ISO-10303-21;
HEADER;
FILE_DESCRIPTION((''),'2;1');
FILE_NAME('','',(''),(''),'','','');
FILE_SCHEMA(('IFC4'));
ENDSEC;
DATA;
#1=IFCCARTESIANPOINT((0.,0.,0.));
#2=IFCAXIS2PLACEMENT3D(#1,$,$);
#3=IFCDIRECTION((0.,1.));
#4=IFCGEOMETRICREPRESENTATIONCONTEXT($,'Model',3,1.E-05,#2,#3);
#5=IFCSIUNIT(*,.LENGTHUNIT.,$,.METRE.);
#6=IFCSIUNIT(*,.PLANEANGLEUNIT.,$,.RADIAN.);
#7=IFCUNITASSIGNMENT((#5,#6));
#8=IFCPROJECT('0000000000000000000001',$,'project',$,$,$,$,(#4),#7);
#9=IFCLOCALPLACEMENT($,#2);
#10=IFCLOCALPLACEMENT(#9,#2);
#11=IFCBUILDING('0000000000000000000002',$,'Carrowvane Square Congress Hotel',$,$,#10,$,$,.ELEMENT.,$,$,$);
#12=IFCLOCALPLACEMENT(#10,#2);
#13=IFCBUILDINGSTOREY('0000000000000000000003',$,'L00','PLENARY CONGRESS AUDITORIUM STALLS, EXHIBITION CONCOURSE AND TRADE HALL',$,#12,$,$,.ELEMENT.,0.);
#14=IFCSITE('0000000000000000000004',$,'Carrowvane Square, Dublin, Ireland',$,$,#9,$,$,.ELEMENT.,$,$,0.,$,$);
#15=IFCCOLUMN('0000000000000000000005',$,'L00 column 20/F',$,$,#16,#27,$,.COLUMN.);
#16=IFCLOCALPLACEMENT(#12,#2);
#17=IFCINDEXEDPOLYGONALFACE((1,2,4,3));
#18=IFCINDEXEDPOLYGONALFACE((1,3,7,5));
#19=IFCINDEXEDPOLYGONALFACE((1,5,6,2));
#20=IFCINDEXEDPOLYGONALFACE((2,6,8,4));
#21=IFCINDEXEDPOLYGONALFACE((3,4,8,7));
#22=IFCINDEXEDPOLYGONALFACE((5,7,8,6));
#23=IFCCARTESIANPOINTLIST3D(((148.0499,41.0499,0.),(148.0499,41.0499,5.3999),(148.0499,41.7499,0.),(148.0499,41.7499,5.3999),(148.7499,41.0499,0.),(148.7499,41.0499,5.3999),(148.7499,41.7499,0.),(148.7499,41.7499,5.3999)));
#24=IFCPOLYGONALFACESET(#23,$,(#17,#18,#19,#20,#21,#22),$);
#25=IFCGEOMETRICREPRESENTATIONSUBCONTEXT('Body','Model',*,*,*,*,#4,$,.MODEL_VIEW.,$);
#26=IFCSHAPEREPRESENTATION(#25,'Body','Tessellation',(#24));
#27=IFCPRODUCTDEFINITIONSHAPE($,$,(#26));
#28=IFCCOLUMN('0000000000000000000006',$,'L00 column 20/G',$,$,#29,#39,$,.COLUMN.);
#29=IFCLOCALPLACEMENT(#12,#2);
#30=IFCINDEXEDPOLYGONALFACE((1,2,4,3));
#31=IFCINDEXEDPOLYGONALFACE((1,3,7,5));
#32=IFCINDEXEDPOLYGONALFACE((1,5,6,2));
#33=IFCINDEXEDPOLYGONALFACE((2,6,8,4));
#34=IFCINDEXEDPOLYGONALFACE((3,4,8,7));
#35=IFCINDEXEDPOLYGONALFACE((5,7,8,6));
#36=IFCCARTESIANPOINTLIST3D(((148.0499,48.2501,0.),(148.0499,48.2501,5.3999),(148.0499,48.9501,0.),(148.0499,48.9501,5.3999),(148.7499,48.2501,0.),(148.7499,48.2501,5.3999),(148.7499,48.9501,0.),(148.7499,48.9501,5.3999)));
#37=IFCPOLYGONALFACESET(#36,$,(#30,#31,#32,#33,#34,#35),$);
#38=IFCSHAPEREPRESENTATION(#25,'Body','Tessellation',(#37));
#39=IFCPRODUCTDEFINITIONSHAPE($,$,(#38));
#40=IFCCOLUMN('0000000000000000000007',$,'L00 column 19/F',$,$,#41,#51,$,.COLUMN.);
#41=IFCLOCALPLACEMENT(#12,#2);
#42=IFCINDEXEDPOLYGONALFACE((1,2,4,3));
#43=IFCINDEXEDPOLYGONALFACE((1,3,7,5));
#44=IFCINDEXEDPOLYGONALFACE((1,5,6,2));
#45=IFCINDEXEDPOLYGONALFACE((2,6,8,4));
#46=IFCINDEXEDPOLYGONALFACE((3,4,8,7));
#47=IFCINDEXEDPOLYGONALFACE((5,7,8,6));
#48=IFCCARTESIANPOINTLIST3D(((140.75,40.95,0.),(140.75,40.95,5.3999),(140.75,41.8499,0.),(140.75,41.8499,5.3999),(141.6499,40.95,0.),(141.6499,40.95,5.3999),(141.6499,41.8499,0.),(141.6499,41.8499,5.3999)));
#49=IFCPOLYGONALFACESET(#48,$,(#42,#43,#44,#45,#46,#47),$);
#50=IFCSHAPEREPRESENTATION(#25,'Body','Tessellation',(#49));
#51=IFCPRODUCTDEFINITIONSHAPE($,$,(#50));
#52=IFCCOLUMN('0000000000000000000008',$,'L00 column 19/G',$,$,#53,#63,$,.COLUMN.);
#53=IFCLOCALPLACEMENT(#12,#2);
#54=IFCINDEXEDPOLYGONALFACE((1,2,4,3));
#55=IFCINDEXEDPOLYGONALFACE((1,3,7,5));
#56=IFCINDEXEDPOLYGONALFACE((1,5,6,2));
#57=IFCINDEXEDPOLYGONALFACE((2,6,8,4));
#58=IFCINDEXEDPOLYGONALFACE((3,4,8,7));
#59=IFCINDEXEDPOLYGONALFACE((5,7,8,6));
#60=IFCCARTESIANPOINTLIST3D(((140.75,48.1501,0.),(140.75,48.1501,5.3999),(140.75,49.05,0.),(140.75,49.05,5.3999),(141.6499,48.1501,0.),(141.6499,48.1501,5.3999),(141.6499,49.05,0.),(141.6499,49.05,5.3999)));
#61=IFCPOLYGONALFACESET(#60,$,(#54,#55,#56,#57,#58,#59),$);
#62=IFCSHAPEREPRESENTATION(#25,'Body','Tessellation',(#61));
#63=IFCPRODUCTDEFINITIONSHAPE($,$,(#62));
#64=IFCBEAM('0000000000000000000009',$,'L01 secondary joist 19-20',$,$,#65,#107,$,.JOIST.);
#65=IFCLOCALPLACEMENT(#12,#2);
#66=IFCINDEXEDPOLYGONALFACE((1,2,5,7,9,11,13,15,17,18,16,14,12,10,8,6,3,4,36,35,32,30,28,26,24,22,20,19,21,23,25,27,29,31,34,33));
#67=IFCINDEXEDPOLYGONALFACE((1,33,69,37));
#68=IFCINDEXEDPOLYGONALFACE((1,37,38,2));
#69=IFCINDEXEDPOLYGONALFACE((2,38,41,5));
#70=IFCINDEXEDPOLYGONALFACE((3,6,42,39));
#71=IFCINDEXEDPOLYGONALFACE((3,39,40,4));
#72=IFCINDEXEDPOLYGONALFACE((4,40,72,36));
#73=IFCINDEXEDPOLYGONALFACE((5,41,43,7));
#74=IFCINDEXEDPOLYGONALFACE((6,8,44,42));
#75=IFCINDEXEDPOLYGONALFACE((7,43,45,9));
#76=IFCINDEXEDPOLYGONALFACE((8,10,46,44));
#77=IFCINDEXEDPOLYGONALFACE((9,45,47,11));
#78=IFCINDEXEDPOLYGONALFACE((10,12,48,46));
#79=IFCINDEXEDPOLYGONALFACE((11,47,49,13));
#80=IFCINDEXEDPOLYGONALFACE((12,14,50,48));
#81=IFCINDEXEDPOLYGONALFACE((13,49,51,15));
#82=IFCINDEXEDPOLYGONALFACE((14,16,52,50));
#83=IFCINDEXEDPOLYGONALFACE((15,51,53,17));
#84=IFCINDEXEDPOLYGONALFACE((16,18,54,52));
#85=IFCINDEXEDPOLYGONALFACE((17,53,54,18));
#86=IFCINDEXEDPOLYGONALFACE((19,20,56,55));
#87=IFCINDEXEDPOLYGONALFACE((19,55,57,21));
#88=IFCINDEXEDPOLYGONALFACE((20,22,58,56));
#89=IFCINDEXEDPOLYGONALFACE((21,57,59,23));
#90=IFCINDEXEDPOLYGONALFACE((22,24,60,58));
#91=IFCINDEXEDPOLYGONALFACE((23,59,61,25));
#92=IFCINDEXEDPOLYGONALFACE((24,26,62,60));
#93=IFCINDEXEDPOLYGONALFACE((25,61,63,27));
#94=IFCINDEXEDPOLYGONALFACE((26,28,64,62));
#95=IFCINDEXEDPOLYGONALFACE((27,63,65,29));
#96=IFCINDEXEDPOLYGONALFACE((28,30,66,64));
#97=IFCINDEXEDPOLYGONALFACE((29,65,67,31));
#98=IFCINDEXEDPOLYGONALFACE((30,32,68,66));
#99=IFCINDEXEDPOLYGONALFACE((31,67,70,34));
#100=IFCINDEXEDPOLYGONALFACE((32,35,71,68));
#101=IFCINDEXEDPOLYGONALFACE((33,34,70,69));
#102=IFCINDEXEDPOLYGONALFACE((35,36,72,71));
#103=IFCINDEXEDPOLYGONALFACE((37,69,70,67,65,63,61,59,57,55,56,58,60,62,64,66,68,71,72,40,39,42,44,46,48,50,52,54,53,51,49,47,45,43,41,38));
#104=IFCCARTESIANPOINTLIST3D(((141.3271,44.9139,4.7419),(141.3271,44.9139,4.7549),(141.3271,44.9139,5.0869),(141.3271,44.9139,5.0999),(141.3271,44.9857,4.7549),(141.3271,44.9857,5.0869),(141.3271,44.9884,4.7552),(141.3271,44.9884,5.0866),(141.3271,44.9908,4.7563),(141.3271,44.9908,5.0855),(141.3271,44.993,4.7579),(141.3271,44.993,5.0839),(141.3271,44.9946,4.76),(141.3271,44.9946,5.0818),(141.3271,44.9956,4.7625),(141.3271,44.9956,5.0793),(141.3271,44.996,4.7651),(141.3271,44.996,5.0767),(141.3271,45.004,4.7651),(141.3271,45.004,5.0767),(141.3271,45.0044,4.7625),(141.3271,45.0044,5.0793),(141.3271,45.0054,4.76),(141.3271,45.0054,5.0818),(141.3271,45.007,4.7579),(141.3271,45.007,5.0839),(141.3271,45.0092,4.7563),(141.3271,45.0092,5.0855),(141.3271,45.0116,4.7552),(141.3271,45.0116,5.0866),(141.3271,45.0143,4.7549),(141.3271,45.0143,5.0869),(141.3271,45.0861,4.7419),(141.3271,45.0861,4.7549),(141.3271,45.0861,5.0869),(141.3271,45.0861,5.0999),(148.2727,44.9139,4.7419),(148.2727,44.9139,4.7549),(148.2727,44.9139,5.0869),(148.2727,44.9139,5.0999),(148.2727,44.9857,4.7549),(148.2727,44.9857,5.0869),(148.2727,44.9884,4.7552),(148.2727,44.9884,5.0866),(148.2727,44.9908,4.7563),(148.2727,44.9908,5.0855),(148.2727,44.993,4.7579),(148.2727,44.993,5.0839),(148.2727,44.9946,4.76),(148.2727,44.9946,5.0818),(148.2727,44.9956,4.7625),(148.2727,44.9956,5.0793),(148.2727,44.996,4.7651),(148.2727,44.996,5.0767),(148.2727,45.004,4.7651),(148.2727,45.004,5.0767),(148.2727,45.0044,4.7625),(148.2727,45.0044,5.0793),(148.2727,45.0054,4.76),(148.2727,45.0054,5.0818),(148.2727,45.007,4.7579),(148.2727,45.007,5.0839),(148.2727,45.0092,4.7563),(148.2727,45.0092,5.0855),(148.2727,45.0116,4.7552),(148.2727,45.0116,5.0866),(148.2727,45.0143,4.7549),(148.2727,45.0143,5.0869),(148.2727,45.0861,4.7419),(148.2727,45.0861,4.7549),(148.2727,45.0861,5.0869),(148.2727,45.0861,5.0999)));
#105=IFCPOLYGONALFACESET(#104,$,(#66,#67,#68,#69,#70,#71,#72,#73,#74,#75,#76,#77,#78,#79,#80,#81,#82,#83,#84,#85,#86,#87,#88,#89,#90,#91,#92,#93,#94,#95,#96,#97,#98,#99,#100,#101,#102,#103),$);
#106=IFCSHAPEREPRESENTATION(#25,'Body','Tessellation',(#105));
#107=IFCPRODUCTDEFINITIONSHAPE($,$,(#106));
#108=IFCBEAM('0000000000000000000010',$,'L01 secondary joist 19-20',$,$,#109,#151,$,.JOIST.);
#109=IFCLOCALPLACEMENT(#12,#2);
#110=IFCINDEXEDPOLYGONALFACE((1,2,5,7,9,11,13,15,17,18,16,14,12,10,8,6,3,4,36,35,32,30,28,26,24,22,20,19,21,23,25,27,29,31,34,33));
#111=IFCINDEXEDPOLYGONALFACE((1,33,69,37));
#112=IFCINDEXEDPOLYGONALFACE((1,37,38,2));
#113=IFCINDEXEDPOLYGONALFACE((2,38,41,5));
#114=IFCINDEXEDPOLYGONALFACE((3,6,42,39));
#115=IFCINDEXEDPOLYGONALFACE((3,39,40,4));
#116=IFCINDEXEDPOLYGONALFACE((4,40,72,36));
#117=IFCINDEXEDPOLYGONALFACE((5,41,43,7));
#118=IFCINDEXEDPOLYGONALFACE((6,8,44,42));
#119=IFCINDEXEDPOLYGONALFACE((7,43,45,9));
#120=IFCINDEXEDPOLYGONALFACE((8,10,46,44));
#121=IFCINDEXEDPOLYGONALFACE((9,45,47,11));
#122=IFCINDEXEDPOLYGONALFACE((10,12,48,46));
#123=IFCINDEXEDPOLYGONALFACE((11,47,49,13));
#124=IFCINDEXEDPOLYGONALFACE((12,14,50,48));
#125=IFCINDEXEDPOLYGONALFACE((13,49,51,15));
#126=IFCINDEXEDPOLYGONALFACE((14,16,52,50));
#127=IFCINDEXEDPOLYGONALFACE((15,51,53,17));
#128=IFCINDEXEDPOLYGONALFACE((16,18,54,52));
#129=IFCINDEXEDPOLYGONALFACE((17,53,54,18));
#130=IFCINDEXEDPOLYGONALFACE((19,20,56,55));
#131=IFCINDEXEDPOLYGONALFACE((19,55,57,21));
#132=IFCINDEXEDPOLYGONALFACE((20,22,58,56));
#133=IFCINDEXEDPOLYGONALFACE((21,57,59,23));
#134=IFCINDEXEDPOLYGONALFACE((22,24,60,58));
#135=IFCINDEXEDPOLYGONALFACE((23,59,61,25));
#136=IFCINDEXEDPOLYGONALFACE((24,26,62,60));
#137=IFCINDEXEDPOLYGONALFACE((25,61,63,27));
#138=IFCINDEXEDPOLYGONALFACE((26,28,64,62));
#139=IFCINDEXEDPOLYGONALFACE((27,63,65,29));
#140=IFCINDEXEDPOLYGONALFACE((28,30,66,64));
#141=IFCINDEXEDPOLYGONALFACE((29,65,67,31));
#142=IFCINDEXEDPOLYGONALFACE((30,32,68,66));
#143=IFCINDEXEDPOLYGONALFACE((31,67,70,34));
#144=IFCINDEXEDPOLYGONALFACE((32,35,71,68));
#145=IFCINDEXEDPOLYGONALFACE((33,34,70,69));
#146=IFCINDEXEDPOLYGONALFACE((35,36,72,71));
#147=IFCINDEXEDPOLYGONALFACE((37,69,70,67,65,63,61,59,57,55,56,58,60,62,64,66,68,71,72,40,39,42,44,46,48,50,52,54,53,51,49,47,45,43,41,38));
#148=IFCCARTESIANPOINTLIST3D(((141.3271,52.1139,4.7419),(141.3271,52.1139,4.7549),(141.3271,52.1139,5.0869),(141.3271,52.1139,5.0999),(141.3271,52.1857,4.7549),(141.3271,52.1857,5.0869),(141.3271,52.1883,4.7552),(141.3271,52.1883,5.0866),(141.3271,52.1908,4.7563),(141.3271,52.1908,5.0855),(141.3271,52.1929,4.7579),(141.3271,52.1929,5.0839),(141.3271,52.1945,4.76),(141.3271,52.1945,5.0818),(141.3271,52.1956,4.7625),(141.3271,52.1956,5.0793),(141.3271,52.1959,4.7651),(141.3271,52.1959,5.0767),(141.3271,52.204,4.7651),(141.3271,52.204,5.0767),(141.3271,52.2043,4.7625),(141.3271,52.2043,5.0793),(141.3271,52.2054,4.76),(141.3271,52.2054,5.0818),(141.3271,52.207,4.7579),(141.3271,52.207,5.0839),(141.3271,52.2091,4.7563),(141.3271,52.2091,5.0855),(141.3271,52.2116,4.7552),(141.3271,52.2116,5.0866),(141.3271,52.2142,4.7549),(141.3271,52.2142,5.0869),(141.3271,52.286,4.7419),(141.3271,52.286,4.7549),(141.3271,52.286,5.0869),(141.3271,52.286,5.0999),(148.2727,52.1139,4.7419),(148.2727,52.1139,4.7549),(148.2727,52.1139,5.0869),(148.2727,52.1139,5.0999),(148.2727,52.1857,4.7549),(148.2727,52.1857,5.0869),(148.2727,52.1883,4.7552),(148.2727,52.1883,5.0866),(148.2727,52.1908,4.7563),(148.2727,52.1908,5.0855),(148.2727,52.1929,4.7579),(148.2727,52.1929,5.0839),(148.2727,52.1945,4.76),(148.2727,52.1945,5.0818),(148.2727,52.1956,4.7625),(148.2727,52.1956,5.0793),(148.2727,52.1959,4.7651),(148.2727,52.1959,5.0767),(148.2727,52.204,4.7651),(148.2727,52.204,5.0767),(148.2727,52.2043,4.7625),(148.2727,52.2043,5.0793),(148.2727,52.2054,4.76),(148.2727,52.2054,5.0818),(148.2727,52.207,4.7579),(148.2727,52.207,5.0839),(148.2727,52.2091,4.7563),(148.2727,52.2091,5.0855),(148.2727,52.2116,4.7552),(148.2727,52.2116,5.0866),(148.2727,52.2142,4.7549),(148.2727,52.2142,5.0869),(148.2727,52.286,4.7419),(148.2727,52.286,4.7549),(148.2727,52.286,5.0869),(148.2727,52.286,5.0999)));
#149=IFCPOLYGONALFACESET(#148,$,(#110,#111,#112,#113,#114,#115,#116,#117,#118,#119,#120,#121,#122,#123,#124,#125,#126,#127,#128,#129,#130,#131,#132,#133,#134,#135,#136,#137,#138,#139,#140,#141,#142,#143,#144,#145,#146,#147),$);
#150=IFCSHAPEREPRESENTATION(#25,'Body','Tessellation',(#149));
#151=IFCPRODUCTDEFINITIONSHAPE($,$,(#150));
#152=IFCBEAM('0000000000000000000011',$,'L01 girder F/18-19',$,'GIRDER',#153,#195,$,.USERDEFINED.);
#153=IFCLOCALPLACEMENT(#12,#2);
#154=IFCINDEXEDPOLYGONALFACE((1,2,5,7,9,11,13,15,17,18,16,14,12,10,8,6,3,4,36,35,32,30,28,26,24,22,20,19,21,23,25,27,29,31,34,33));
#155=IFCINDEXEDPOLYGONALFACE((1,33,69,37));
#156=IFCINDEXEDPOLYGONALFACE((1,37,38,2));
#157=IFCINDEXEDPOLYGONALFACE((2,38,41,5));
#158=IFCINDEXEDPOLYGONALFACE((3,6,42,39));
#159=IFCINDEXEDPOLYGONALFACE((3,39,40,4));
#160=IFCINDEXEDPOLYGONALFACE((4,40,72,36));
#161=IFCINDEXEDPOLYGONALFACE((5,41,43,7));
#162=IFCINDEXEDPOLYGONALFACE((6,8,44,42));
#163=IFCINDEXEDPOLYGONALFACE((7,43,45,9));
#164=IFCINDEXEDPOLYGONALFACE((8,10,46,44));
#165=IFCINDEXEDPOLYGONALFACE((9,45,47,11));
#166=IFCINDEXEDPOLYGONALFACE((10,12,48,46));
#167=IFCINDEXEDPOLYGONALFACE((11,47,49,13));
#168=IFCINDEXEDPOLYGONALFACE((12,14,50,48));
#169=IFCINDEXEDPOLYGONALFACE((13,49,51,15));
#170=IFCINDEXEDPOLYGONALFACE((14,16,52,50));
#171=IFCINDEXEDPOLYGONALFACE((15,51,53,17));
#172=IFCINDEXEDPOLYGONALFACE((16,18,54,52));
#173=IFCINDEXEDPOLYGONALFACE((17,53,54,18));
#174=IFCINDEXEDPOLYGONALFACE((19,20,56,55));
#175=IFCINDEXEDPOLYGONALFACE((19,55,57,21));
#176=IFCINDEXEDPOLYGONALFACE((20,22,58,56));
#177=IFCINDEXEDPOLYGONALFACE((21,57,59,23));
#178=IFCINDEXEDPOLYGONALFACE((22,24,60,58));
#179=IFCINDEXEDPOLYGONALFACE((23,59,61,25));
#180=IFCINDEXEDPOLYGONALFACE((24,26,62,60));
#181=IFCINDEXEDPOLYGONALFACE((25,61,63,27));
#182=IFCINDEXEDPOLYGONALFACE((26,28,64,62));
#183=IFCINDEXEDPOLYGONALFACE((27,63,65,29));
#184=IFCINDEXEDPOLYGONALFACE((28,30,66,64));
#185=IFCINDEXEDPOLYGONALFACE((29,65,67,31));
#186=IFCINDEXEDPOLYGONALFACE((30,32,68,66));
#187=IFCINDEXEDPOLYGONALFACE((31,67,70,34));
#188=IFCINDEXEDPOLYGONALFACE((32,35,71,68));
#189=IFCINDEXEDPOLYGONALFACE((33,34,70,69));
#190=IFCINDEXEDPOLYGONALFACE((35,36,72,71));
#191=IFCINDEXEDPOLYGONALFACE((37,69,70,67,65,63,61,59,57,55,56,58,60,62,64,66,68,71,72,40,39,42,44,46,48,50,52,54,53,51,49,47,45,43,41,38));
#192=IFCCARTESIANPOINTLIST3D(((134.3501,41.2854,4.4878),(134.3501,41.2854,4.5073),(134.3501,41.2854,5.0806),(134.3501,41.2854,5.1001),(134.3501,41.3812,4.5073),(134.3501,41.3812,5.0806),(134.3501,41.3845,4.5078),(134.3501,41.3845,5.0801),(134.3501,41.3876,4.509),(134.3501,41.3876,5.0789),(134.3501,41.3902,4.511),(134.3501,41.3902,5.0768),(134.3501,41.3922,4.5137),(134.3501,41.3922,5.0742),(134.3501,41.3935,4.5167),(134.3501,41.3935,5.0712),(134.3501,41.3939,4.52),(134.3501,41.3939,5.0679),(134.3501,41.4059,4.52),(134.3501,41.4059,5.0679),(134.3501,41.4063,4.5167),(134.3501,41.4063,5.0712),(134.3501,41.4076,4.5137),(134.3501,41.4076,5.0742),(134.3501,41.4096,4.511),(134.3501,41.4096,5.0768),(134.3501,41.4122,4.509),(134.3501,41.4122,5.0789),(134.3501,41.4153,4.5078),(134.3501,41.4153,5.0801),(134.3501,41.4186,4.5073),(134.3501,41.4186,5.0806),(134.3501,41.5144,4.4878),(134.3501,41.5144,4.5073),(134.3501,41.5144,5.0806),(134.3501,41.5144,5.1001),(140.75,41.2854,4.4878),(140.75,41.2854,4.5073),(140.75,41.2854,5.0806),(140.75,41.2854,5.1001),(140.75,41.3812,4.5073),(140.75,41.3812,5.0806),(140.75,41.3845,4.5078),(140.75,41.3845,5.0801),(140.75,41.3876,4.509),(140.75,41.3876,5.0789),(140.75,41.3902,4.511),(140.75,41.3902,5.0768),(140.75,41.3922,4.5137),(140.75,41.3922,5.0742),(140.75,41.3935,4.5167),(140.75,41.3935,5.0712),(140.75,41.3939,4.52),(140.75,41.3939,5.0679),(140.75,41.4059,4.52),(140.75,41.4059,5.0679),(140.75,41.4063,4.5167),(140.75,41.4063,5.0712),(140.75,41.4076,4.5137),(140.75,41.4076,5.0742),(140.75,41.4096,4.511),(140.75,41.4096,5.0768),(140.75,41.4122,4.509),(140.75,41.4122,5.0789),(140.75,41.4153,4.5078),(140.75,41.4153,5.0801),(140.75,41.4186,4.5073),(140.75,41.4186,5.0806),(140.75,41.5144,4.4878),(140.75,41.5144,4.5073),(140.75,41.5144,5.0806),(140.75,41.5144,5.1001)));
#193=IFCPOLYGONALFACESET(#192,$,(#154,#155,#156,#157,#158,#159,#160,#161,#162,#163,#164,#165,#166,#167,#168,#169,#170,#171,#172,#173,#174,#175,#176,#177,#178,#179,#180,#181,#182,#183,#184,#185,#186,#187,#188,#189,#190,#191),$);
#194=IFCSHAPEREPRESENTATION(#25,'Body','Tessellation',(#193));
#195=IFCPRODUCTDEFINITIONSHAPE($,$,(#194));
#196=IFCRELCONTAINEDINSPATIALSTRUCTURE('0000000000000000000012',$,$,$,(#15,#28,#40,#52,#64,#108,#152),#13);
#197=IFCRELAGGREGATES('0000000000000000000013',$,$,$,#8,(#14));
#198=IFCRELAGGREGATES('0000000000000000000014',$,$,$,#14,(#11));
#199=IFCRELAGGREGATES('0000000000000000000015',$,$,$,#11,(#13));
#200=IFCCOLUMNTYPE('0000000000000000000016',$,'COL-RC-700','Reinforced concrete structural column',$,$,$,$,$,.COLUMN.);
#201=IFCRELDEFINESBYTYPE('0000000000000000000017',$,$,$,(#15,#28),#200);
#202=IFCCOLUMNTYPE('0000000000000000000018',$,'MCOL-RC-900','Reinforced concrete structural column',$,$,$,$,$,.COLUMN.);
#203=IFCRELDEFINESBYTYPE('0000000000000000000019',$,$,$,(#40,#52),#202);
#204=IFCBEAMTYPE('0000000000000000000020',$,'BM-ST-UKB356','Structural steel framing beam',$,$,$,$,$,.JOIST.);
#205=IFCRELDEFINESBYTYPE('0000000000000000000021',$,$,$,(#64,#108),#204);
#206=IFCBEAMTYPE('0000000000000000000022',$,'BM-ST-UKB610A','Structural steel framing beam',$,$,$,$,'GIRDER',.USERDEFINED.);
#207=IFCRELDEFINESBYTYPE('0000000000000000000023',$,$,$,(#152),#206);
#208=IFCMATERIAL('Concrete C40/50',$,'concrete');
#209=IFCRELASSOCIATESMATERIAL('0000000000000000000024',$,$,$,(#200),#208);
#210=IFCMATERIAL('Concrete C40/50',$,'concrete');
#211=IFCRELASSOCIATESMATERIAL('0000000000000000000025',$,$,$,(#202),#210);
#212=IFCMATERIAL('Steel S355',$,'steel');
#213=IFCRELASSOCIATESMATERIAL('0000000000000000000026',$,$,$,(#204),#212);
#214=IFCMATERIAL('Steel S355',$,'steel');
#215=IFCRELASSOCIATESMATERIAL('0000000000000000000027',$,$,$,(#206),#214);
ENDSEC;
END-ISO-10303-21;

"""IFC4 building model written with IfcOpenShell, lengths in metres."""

from ifc_helpers import new_model, si_unit, direction, frame, origin, origin_2d, place, context, subcontext, project, spatial, rectangle, i_section, extrude, material, material_profile, profile_set, type_object, element, save


model = new_model("IFC4")

# Units and contexts
model_context = context("Model", 3, precision=1e-05, world=origin(), true_north=direction((0.0, 1.0)))
body_context = subcontext(model_context, "Body", "Model", "MODEL_VIEW")
ifc_project = project(units=[si_unit("LENGTHUNIT", "METRE"), si_unit("PLANEANGLEUNIT", "RADIAN")], contexts=[model_context])

# Site, building, storey
site_placement = place(None, origin())
site = spatial("IfcSite", under=ifc_project, at=site_placement, Name="Carrowvane Square, Dublin, Ireland", CompositionType="ELEMENT", RefElevation=0.0)
building_placement = place(site_placement, origin())
building = spatial("IfcBuilding", under=site, at=building_placement, Name="Carrowvane Square Congress Hotel", CompositionType="ELEMENT")
storey_placement = place(building_placement, origin())
storey = spatial("IfcBuildingStorey", under=building, at=storey_placement, Name="L00", Description="PLENARY CONGRESS AUDITORIUM STALLS, EXHIBITION CONCOURSE AND TRADE HALL", CompositionType="ELEMENT", Elevation=0.0)

# Columns
ifc_material_1 = material(Name="Concrete C40/50", Category="concrete")
ifc_material_profile_1 = material_profile(ifc_material_1, rectangle(XDim=0.7, YDim=0.7, at=origin_2d()), Name="RC 700x700")
ifc_profile_set_1 = profile_set([ifc_material_profile_1], Name="Concrete C40/50")
column_type_1 = type_object("IfcColumnType", Name="COL-RC-700", Description="Reinforced concrete structural column", PredefinedType="COLUMN", material=ifc_profile_set_1)
for number, where, z_axis, x_axis, name in (
    (1, (148.3999, 41.3999, 0.0), (0.0, 0.0, 1.0), (1.0, 0.0, 0.0), "L00 column 20/F"),
    (2, (148.3999, 48.6001, 0.0), (0.0, 0.0, 1.0), (1.0, 0.0, 0.0), "L00 column 20/G"),
):
    element("IfcColumn", number, at=place(storey_placement, frame(where, z_axis=z_axis, x_axis=x_axis)), inside=storey, type_object=column_type_1, Name=name, PredefinedType="COLUMN", context=body_context, shape_type="SweptSolid", body=[
        extrude(rectangle(XDim=0.7, YDim=0.7, at=origin_2d()), origin(), (0.0, 0.0, 1.0), 5.3999),
    ])
ifc_material_2 = material(Name="Concrete C40/50", Category="concrete")
ifc_material_profile_2 = material_profile(ifc_material_2, rectangle(XDim=0.8999, YDim=0.8999, at=origin_2d()), Name="RC 900x900")
ifc_profile_set_2 = profile_set([ifc_material_profile_2], Name="Concrete C40/50")
column_type_2 = type_object("IfcColumnType", Name="MCOL-RC-900", Description="Reinforced concrete structural column", PredefinedType="COLUMN", material=ifc_profile_set_2)
for number, where, z_axis, x_axis, name in (
    (3, (141.2, 41.3999, 0.0), (0.0, 0.0, 1.0), (1.0, 0.0, 0.0), "L00 column 19/F"),
    (4, (141.2, 48.6001, 0.0), (0.0, 0.0, 1.0), (1.0, 0.0, 0.0), "L00 column 19/G"),
):
    element("IfcColumn", number, at=place(storey_placement, frame(where, z_axis=z_axis, x_axis=x_axis)), inside=storey, type_object=column_type_2, Name=name, PredefinedType="COLUMN", context=body_context, shape_type="SweptSolid", body=[
        extrude(rectangle(XDim=0.8999, YDim=0.8999, at=origin_2d()), origin(), (0.0, 0.0, 1.0), 5.3999),
    ])

# Beams
ifc_material_3 = material(Name="Steel S355", Category="steel")
ifc_material_profile_3 = material_profile(ifc_material_3, i_section(OverallWidth=0.1721, OverallDepth=0.3579, WebThickness=0.0081, FlangeThickness=0.0129, FilletRadius=0.0103, at=origin_2d()), Name="UKB 356x171x57")
ifc_profile_set_3 = profile_set([ifc_material_profile_3], Name="Steel S355")
beam_type_1 = type_object("IfcBeamType", Name="BM-ST-UKB356", Description="Structural steel framing beam", PredefinedType="JOIST", material=ifc_profile_set_3)
for number, where, z_axis, x_axis, name in (
    (5, (141.3271, 45.0, 4.9209), (1.0, 0.0, 0.0), (0.0, 1.0, 0.0), "L01 secondary joist 19-20"),
    (6, (141.3271, 52.2, 4.9209), (1.0, 0.0, 0.0), (0.0, 1.0, 0.0), "L01 secondary joist 19-20"),
):
    element("IfcBeam", number, at=place(storey_placement, frame(where, z_axis=z_axis, x_axis=x_axis)), inside=storey, type_object=beam_type_1, Name=name, PredefinedType="JOIST", context=body_context, shape_type="SweptSolid", body=[
        extrude(i_section(OverallWidth=0.1721, OverallDepth=0.3579, WebThickness=0.0081, FlangeThickness=0.0129, FilletRadius=0.0103, at=origin_2d()), origin(), (0.0, 0.0, 1.0), 6.9456),
    ])
ifc_material_4 = material(Name="Steel S355", Category="steel")
ifc_material_profile_4 = material_profile(ifc_material_4, i_section(OverallWidth=0.229, OverallDepth=0.6123, WebThickness=0.012, FlangeThickness=0.0195, FilletRadius=0.0127, at=origin_2d()), Name="UKB 610x229x125")
ifc_profile_set_4 = profile_set([ifc_material_profile_4], Name="Steel S355")
beam_type_2 = type_object("IfcBeamType", Name="BM-ST-UKB610A", Description="Structural steel framing beam", ElementType="GIRDER", PredefinedType="USERDEFINED", material=ifc_profile_set_4)
beam_1_placement = place(storey_placement, frame((134.3501, 41.3999, 4.7939), z_axis=(1.0, 0.0, 0.0), x_axis=(0.0, 1.0, 0.0)))
element("IfcBeam", 7, at=beam_1_placement, inside=storey, type_object=beam_type_2, Name="L01 girder F/18-19", ObjectType="GIRDER", PredefinedType="USERDEFINED", context=body_context, shape_type="SweptSolid", body=[
    extrude(i_section(OverallWidth=0.229, OverallDepth=0.6123, WebThickness=0.012, FlangeThickness=0.0195, FilletRadius=0.0127, at=origin_2d()), origin(), (0.0, 0.0, 1.0), 6.3999),
])

save(model, "model.ifc")
